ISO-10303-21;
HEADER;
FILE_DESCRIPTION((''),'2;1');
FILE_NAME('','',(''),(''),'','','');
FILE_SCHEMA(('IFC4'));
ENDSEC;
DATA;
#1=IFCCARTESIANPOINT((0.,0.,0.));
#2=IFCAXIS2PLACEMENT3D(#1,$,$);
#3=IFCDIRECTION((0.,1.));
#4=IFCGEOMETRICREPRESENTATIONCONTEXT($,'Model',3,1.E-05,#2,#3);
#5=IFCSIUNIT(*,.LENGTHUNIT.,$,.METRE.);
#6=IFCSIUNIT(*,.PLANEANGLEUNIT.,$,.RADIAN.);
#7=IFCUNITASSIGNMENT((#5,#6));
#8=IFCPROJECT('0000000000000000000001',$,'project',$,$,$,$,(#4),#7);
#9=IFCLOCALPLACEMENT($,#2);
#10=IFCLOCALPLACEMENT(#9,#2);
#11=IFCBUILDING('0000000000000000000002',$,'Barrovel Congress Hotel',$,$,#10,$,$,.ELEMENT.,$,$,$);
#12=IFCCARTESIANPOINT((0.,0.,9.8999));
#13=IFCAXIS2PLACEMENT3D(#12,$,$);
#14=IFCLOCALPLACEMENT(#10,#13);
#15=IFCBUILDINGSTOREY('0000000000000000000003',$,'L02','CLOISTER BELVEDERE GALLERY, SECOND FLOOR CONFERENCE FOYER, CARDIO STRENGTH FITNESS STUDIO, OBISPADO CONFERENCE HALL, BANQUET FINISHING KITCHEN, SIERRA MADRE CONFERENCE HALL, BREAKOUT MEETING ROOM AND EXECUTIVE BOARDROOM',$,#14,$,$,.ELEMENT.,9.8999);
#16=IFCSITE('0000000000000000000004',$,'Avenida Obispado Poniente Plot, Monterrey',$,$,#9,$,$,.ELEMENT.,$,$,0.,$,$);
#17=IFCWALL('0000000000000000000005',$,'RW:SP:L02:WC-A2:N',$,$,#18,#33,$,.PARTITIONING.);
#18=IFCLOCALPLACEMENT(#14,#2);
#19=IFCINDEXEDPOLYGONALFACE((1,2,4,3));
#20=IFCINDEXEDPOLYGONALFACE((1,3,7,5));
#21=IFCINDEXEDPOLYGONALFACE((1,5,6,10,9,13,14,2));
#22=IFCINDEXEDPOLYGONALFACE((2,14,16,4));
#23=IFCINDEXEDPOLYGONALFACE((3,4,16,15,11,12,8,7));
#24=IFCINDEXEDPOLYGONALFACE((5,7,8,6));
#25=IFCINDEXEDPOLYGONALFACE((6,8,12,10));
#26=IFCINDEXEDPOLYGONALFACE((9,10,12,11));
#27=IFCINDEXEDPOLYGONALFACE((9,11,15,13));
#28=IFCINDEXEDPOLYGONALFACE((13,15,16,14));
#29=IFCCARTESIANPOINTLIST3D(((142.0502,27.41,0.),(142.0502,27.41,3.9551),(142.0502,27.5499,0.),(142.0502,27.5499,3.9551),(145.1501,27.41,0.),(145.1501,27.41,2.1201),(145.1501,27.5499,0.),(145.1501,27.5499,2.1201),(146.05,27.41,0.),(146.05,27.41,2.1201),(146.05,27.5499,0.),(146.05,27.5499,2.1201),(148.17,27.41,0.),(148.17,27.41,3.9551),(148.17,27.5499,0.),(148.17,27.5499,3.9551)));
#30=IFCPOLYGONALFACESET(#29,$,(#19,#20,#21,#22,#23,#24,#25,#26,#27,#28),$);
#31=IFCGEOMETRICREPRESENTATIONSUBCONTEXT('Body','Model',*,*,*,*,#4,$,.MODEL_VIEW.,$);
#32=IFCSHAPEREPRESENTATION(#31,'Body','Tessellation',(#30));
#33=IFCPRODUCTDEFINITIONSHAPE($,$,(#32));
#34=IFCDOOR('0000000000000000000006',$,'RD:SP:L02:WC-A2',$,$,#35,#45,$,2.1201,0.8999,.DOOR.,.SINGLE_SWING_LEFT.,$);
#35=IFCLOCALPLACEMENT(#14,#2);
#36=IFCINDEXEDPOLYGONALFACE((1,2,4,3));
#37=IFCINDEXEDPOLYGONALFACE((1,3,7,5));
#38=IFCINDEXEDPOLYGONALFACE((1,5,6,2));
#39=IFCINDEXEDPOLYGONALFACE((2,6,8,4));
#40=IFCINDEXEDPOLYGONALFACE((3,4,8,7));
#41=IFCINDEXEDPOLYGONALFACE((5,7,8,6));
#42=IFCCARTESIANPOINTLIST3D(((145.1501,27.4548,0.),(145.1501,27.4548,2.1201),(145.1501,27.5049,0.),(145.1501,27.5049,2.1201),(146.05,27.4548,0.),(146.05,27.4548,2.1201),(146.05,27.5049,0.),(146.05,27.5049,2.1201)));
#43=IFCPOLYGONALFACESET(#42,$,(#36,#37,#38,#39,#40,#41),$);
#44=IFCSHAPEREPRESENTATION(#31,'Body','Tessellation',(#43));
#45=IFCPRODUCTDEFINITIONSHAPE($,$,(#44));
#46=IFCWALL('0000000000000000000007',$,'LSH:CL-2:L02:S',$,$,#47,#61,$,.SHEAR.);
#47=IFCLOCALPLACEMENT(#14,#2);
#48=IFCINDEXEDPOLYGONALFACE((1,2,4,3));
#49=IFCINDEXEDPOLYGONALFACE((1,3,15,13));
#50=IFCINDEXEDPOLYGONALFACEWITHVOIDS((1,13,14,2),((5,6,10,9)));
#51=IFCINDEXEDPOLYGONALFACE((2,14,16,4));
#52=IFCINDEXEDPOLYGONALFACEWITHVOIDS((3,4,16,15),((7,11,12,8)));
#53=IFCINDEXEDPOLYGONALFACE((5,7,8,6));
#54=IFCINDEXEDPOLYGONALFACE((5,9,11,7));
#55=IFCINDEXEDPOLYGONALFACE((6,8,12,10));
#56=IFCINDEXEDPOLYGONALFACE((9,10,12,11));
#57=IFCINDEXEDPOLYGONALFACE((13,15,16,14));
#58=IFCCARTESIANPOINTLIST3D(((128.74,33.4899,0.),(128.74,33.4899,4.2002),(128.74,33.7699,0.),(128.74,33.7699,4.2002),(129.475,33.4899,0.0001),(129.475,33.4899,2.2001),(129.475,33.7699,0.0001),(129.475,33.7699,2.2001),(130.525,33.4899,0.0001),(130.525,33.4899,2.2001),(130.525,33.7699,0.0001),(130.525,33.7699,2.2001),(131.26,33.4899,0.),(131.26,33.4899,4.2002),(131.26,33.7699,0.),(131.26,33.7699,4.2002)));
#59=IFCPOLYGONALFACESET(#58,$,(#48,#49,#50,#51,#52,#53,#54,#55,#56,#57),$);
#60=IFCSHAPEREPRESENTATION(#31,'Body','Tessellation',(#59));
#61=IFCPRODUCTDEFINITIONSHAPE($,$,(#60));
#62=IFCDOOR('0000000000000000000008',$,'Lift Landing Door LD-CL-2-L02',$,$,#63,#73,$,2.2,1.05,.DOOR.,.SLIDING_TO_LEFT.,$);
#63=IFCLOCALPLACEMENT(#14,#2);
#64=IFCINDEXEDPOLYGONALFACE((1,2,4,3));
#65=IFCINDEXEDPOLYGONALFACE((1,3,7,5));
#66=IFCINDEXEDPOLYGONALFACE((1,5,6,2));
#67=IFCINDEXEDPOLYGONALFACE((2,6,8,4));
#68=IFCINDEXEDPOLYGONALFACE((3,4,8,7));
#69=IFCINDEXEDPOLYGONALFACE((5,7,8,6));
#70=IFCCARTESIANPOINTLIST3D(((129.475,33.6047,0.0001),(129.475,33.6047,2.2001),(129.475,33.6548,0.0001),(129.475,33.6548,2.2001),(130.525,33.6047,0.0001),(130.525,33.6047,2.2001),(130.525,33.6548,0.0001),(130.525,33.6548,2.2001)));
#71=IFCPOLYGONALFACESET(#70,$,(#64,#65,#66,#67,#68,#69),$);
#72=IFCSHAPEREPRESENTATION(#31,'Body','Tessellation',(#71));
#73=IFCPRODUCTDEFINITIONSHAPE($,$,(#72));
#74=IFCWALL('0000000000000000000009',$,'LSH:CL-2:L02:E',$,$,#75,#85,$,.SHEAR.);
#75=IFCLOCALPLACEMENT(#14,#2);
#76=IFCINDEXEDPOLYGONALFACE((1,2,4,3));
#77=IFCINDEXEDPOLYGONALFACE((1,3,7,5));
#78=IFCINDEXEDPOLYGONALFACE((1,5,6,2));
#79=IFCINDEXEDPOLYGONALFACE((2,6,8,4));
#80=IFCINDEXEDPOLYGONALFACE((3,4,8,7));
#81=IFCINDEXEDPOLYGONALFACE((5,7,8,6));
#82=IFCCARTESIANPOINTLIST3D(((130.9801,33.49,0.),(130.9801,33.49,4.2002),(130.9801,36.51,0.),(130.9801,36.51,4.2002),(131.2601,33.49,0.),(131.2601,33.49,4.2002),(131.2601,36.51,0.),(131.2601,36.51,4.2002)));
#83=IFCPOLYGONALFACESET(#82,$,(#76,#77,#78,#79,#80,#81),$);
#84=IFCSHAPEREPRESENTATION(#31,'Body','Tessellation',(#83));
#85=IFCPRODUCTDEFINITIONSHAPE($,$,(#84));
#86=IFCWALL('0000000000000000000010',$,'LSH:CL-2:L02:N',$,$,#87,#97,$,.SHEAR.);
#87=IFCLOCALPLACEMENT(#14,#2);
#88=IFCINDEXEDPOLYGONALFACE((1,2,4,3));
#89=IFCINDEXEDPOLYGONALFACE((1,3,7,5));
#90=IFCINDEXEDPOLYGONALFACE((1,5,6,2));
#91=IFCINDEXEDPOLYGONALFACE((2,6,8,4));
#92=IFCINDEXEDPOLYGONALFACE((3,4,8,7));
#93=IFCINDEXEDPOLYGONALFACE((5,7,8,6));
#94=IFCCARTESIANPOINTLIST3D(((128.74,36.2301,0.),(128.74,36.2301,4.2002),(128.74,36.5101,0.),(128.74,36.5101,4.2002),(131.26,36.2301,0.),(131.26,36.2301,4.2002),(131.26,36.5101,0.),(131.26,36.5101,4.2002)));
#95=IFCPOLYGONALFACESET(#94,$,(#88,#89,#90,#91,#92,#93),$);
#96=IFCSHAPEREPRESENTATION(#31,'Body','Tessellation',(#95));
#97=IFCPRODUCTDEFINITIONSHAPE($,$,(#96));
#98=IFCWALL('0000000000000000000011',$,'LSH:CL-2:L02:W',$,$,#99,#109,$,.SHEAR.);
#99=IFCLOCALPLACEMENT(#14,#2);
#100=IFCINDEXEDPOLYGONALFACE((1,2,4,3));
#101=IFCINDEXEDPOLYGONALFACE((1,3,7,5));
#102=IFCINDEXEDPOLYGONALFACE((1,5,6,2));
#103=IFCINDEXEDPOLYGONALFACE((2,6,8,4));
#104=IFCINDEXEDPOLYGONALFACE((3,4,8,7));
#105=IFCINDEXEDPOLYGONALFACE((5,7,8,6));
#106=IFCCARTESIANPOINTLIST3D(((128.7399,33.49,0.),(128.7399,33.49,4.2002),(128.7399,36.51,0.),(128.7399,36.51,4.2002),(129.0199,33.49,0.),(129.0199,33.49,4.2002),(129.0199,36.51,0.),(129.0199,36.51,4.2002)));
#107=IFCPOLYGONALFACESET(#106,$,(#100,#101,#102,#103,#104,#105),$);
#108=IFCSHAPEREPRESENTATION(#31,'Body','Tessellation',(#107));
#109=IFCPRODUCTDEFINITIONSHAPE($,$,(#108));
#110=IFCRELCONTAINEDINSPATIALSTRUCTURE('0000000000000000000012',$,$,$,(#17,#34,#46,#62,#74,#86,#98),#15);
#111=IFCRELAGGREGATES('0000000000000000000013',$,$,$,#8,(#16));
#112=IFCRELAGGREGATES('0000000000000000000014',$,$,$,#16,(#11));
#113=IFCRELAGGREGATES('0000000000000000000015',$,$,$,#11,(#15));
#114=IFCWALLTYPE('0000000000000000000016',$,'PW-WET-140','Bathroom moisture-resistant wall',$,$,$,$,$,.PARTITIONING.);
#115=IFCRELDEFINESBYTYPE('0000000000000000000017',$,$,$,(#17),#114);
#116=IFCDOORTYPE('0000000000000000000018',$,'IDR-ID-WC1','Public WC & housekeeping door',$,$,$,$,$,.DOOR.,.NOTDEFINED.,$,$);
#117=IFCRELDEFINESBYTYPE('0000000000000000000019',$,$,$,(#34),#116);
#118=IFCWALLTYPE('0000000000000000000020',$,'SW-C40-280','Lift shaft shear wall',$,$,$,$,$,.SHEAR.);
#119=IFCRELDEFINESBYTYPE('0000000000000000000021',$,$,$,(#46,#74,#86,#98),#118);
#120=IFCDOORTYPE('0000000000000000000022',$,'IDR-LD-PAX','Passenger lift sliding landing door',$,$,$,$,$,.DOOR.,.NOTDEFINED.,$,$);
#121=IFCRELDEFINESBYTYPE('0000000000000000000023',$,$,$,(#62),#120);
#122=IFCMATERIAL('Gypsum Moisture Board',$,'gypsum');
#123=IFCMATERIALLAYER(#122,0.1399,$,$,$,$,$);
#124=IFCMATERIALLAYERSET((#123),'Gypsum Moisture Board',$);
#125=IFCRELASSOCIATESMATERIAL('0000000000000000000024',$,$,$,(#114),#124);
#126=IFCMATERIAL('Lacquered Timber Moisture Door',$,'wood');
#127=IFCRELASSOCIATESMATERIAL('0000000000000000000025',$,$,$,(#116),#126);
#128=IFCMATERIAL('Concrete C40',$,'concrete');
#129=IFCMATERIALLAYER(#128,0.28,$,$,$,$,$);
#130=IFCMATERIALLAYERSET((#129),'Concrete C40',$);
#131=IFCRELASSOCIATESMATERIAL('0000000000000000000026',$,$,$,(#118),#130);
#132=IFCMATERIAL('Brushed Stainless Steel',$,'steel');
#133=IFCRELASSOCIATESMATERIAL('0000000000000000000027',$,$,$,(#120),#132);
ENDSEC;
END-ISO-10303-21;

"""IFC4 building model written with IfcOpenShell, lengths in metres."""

from ifc_helpers import new_model, si_unit, direction, frame, frame_2d, origin, place, context, subcontext, project, spatial, rectangle, extrude, material, layer, layer_set, type_object, element, fill, save


model = new_model("IFC4")

# Units and contexts
model_context = context("Model", 3, precision=1e-05, world=origin(), true_north=direction((0.0, 1.0)))
body_context = subcontext(model_context, "Body", "Model", "MODEL_VIEW")
ifc_project = project(units=[si_unit("LENGTHUNIT", "METRE"), si_unit("PLANEANGLEUNIT", "RADIAN")], contexts=[model_context])

# Site, building, storey
site_placement = place(None, origin())
site = spatial("IfcSite", under=ifc_project, at=site_placement, Name="Avenida Obispado Poniente Plot, Monterrey", CompositionType="ELEMENT", RefElevation=0.0)
building_placement = place(site_placement, origin())
building = spatial("IfcBuilding", under=site, at=building_placement, Name="Barrovel Congress Hotel", CompositionType="ELEMENT")
storey_placement = place(building_placement, frame((0.0, 0.0, 9.8999)))
storey = spatial("IfcBuildingStorey", under=building, at=storey_placement, Name="L02", Description="CLOISTER BELVEDERE GALLERY, SECOND FLOOR CONFERENCE FOYER, CARDIO STRENGTH FITNESS STUDIO, OBISPADO CONFERENCE HALL, BANQUET FINISHING KITCHEN, SIERRA MADRE CONFERENCE HALL, BREAKOUT MEETING ROOM AND EXECUTIVE BOARDROOM", CompositionType="ELEMENT", Elevation=9.8999)

# Shared definitions
ifc_material_1 = material(Name="Concrete C40", Category="concrete")

# Walls, openings, doors
ifc_material_2 = material(Name="Gypsum Moisture Board", Category="gypsum")
ifc_layer_1 = layer(ifc_material_2, 0.1399)
ifc_layer_set_1 = layer_set([ifc_layer_1], Name="Gypsum Moisture Board")
wall_type_1 = type_object("IfcWallType", Name="PW-WET-140", Description="Bathroom moisture-resistant wall", PredefinedType="PARTITIONING", material=ifc_layer_set_1)
wall_1_placement = place(storey_placement, frame((142.05, 27.48, 0.0), z_axis=(0.0, 0.0, 1.0), x_axis=(1.0, 0.0, 0.0)))
wall_1 = element("IfcWall", 1, at=wall_1_placement, inside=storey, type_object=wall_type_1, Name="RW:SP:L02:WC-A2:N", PredefinedType="PARTITIONING", context=body_context, shape_type="SweptSolid", body=[
    extrude(rectangle(XDim=6.1199, YDim=0.1399, at=frame_2d((3.0601, 0.0))), origin(), (0.0, 0.0, 1.0), 3.9551),
])
opening_1_placement = place(wall_1_placement, frame((3.1001, 0.0, 0.0)))
opening_1 = element("IfcOpeningElement", 2, at=opening_1_placement, cuts=wall_1, PredefinedType="OPENING", context=body_context, shape_type="SweptSolid", body=[
    extrude(rectangle(XDim=0.8999, YDim=2.1201, at=frame_2d((0.45, 1.0601))), frame((0.0, 0.0801, 0.0), z_axis=(0.0, -1.0, 0.0), x_axis=(1.0, 0.0, 0.0)), (0.0, 0.0, 1.0), 0.1599),
])
ifc_material_3 = material(Name="Lacquered Timber Moisture Door", Category="wood")
door_type_1 = type_object("IfcDoorType", Name="IDR-ID-WC1", Description="Public WC & housekeeping door", OperationType="NOTDEFINED", PredefinedType="DOOR", material=ifc_material_3)
door_1_placement = place(opening_1_placement, origin())
door_1 = element("IfcDoor", 3, at=door_1_placement, inside=storey, type_object=door_type_1, Name="RD:SP:L02:WC-A2", OperationType="SINGLE_SWING_LEFT", OverallHeight=2.1201, OverallWidth=0.8999, PredefinedType="DOOR", context=body_context, shape_type="SweptSolid", body=[
    extrude(rectangle(XDim=0.8999, YDim=2.1201, at=frame_2d((0.45, 1.0601))), frame((0.0, 0.0249, 0.0), z_axis=(0.0, -1.0, 0.0), x_axis=(1.0, 0.0, 0.0)), (0.0, 0.0, 1.0), 0.05),
])
fill(opening_1, door_1)
ifc_layer_2 = layer(ifc_material_1, 0.28)
ifc_layer_set_2 = layer_set([ifc_layer_2], Name="Concrete C40")
wall_type_2 = type_object("IfcWallType", Name="SW-C40-280", Description="Lift shaft shear wall", PredefinedType="SHEAR", material=ifc_layer_set_2)
wall_2_placement = place(storey_placement, frame((128.74, 33.6299, 0.0), z_axis=(0.0, 0.0, 1.0), x_axis=(1.0, 0.0, 0.0)))
wall_2 = element("IfcWall", 4, at=wall_2_placement, inside=storey, type_object=wall_type_2, Name="LSH:CL-2:L02:S", PredefinedType="SHEAR", context=body_context, shape_type="SweptSolid", body=[
    extrude(rectangle(XDim=2.52, YDim=0.28, at=frame_2d((1.26, 0.0))), origin(), (0.0, 0.0, 1.0), 4.2002),
])
opening_2_placement = place(wall_2_placement, frame((0.7351, 0.0, 0.0)))
opening_2 = element("IfcOpeningElement", 5, at=opening_2_placement, cuts=wall_2, PredefinedType="OPENING", context=body_context, shape_type="SweptSolid", body=[
    extrude(rectangle(XDim=1.05, YDim=2.2, at=frame_2d((0.5249, 1.1001))), frame((0.0, 0.1499, 0.0), z_axis=(0.0, -1.0, 0.0), x_axis=(1.0, 0.0, 0.0)), (0.0, 0.0, 1.0), 0.3),
])
ifc_material_4 = material(Name="Brushed Stainless Steel", Category="steel")
door_type_2 = type_object("IfcDoorType", Name="IDR-LD-PAX", Description="Passenger lift sliding landing door", OperationType="NOTDEFINED", PredefinedType="DOOR", material=ifc_material_4)
door_2_placement = place(opening_2_placement, origin())
door_2 = element("IfcDoor", 6, at=door_2_placement, inside=storey, type_object=door_type_2, Name="Lift Landing Door LD-CL-2-L02", OperationType="SLIDING_TO_LEFT", OverallHeight=2.2, OverallWidth=1.05, PredefinedType="DOOR", context=body_context, shape_type="SweptSolid", body=[
    extrude(rectangle(XDim=1.05, YDim=2.2, at=frame_2d((0.5249, 1.1001))), frame((0.0, 0.0249, 0.0), z_axis=(0.0, -1.0, 0.0), x_axis=(1.0, 0.0, 0.0)), (0.0, 0.0, 1.0), 0.05),
])
fill(opening_2, door_2)

# Walls
wall_3_placement = place(storey_placement, frame((131.1201, 33.49, 0.0), z_axis=(0.0, 0.0, 1.0), x_axis=(0.0, 1.0, 0.0)))
element("IfcWall", 7, at=wall_3_placement, inside=storey, type_object=wall_type_2, Name="LSH:CL-2:L02:E", PredefinedType="SHEAR", context=body_context, shape_type="SweptSolid", body=[
    extrude(rectangle(XDim=3.02, YDim=0.28, at=frame_2d((1.51, 0.0))), origin(), (0.0, 0.0, 1.0), 4.2002),
])
wall_4_placement = place(storey_placement, frame((131.26, 36.3701, 0.0), z_axis=(0.0, 0.0, 1.0), x_axis=(-1.0, 0.0, 0.0)))
element("IfcWall", 8, at=wall_4_placement, inside=storey, type_object=wall_type_2, Name="LSH:CL-2:L02:N", PredefinedType="SHEAR", context=body_context, shape_type="SweptSolid", body=[
    extrude(rectangle(XDim=2.52, YDim=0.28, at=frame_2d((1.26, 0.0))), origin(), (0.0, 0.0, 1.0), 4.2002),
])
wall_5_placement = place(storey_placement, frame((128.8799, 36.51, 0.0), z_axis=(0.0, 0.0, 1.0), x_axis=(0.0, -1.0, 0.0)))
element("IfcWall", 9, at=wall_5_placement, inside=storey, type_object=wall_type_2, Name="LSH:CL-2:L02:W", PredefinedType="SHEAR", context=body_context, shape_type="SweptSolid", body=[
    extrude(rectangle(XDim=3.02, YDim=0.28, at=frame_2d((1.51, 0.0))), origin(), (0.0, 0.0, 1.0), 4.2002),
])

save(model, "model.ifc")
